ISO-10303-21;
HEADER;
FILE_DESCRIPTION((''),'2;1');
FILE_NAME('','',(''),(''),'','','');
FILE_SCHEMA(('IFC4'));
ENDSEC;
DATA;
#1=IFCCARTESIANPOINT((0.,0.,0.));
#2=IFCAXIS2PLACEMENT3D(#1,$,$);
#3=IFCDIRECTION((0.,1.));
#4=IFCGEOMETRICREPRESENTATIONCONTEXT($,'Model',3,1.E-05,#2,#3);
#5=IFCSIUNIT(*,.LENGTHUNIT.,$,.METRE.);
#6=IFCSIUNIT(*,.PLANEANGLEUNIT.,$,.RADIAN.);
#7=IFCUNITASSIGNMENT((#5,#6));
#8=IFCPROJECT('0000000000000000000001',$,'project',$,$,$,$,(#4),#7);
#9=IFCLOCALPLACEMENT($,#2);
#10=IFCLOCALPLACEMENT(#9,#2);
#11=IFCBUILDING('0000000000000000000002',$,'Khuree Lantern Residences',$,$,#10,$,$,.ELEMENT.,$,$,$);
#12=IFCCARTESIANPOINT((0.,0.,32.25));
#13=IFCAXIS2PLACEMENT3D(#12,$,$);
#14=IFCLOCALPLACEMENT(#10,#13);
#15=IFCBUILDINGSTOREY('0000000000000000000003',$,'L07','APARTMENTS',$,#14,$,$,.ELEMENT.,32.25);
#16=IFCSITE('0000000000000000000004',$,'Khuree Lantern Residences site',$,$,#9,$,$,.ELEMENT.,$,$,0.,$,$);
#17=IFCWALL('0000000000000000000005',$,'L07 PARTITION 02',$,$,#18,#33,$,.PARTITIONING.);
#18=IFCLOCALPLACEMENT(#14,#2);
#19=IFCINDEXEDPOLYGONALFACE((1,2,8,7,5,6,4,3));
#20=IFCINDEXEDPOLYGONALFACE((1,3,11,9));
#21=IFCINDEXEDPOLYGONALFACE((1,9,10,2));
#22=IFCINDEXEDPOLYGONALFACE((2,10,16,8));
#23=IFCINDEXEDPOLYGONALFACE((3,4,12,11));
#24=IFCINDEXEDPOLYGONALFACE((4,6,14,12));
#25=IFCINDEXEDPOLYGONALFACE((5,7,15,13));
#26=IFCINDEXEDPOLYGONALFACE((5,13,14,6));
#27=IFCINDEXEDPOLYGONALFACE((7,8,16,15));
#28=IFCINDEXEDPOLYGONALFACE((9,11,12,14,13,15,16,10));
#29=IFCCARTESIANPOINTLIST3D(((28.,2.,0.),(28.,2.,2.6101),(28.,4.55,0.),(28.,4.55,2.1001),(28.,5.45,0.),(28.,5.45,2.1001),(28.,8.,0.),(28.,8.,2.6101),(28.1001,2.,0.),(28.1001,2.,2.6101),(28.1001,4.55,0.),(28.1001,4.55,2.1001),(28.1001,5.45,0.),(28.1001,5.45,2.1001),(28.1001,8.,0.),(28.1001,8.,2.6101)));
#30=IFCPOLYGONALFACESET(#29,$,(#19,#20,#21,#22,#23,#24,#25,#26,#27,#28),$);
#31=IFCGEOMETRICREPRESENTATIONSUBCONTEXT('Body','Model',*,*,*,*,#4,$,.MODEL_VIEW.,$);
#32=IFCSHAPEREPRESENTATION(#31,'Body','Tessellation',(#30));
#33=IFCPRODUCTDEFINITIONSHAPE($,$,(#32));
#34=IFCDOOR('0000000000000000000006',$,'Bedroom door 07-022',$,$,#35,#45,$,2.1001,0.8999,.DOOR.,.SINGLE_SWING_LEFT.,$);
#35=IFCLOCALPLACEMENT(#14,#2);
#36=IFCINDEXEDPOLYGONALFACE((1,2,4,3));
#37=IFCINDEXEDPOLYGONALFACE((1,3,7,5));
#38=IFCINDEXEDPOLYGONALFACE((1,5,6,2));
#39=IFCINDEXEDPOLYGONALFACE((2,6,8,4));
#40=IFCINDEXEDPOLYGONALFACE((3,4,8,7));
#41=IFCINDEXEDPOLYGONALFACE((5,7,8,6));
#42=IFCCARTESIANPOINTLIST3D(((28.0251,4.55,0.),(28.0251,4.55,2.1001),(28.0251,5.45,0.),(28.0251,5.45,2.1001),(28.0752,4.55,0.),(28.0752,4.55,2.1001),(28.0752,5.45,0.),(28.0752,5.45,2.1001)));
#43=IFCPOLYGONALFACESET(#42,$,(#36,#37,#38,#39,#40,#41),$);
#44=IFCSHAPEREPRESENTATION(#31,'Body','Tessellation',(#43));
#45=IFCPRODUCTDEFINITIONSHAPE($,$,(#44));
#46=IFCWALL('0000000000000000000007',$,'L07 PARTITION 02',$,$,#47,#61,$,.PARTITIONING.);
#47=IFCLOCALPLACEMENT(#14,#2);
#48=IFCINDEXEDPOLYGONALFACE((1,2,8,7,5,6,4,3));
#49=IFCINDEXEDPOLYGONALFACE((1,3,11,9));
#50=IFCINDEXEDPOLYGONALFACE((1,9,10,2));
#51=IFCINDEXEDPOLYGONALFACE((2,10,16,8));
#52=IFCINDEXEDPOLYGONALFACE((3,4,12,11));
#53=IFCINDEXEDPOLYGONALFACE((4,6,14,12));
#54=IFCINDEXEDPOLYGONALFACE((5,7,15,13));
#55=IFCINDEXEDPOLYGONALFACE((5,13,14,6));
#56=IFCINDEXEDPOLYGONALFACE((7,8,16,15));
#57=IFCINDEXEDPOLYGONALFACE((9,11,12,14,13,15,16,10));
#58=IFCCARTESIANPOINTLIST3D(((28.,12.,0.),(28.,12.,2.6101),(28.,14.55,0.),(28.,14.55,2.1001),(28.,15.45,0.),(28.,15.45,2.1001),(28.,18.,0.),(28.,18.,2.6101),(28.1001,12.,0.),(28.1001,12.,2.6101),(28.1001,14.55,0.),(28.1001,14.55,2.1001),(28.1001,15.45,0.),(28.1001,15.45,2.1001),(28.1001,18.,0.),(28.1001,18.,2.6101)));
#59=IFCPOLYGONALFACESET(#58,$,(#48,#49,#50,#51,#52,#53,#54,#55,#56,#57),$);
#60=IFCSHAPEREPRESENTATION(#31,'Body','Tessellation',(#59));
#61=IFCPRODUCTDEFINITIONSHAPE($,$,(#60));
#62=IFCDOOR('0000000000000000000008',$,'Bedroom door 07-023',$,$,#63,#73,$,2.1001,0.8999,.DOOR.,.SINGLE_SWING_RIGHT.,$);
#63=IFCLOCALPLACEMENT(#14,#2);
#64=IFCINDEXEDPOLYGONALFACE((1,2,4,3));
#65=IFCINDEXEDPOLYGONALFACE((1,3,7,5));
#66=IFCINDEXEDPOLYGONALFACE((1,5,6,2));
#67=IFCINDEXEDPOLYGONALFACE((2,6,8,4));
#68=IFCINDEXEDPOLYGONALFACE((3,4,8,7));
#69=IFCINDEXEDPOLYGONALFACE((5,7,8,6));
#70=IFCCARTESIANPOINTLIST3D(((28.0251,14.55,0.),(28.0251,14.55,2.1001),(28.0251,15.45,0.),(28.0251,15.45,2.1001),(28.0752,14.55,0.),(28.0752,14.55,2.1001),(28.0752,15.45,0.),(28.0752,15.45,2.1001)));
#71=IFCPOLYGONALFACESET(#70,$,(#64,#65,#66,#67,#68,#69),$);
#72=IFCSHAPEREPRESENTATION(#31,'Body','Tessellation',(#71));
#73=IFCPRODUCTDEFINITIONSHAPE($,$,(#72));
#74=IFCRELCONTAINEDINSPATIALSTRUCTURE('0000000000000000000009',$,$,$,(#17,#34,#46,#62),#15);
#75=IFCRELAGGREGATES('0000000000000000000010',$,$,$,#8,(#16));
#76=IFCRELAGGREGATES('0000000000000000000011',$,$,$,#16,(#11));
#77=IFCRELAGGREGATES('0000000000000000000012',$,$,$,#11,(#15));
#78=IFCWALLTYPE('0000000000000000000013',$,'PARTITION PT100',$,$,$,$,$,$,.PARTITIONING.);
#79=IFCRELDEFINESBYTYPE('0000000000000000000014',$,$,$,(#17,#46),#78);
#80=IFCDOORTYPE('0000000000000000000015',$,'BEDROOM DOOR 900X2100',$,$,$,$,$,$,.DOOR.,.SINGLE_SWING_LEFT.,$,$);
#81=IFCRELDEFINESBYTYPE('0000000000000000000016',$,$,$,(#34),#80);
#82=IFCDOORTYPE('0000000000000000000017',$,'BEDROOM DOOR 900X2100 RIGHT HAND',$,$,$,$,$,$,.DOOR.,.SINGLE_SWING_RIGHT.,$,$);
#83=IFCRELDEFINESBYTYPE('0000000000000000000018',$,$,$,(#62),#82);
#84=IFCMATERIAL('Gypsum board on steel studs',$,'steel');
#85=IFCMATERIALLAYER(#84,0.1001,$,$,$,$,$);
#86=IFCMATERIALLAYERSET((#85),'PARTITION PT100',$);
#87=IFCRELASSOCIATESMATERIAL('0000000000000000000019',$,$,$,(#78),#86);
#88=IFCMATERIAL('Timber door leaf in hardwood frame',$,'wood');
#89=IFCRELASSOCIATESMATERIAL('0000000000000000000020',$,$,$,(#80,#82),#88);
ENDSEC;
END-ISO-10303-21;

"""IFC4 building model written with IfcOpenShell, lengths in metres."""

from ifc_helpers import new_model, si_unit, direction, frame, frame_2d, origin, place, context, subcontext, project, spatial, rectangle, extrude, material, layer, layer_set, type_object, element, fill, save


model = new_model("IFC4")

# Units and contexts
model_context = context("Model", 3, precision=1e-05, world=origin(), true_north=direction((0.0, 1.0)))
body_context = subcontext(model_context, "Body", "Model", "MODEL_VIEW")
ifc_project = project(units=[si_unit("LENGTHUNIT", "METRE"), si_unit("PLANEANGLEUNIT", "RADIAN")], contexts=[model_context])

# Site, building, storey
site_placement = place(None, origin())
site = spatial("IfcSite", under=ifc_project, at=site_placement, Name="Khuree Lantern Residences site", CompositionType="ELEMENT", RefElevation=0.0)
building_placement = place(site_placement, origin())
building = spatial("IfcBuilding", under=site, at=building_placement, Name="Khuree Lantern Residences", CompositionType="ELEMENT")
storey_placement = place(building_placement, frame((0.0, 0.0, 32.25)))
storey = spatial("IfcBuildingStorey", under=building, at=storey_placement, Name="L07", Description="APARTMENTS", CompositionType="ELEMENT", Elevation=32.25)

# Shared definitions
ifc_material_1 = material(Name="Gypsum board on steel studs", Category="steel")
ifc_layer_1 = layer(ifc_material_1, 0.1001)
ifc_layer_set_1 = layer_set([ifc_layer_1], Name="PARTITION PT100")
wall_type = type_object("IfcWallType", Name="PARTITION PT100", PredefinedType="PARTITIONING", material=ifc_layer_set_1)

# Walls, openings, doors
wall_1_placement = place(storey_placement, frame((28.05, 2.0, 0.0), z_axis=(0.0, 0.0, 1.0), x_axis=(0.0, 1.0, 0.0)))
wall_1 = element("IfcWall", 1, at=wall_1_placement, inside=storey, type_object=wall_type, Name="L07 PARTITION 02", PredefinedType="PARTITIONING", context=body_context, shape_type="SweptSolid", body=[
    extrude(rectangle(XDim=6.0, YDim=0.1001, at=frame_2d((3.0, 0.0))), origin(), (0.0, 0.0, 1.0), 2.6101),
])
opening_1_placement = place(wall_1_placement, frame((2.55, 0.0, 0.0)))
opening_1 = element("IfcOpeningElement", 2, at=opening_1_placement, cuts=wall_1, PredefinedType="OPENING", context=body_context, shape_type="SweptSolid", body=[
    extrude(rectangle(XDim=0.8999, YDim=2.1001, at=frame_2d((0.45, 1.05))), frame((0.0, 0.0601, 0.0), z_axis=(0.0, -1.0, 0.0), x_axis=(1.0, 0.0, 0.0)), (0.0, 0.0, 1.0), 0.1201),
])
ifc_material_2 = material(Name="Timber door leaf in hardwood frame", Category="wood")
door_type_1 = type_object("IfcDoorType", Name="BEDROOM DOOR 900X2100", OperationType="SINGLE_SWING_LEFT", PredefinedType="DOOR", material=ifc_material_2)
door_1_placement = place(opening_1_placement, origin())
door_1 = element("IfcDoor", 3, at=door_1_placement, inside=storey, type_object=door_type_1, Name="Bedroom door 07-022", OperationType="SINGLE_SWING_LEFT", OverallHeight=2.1001, OverallWidth=0.8999, PredefinedType="DOOR", context=body_context, shape_type="SweptSolid", body=[
    extrude(rectangle(XDim=0.8999, YDim=2.1001, at=frame_2d((0.45, 1.05))), frame((0.0, 0.0249, 0.0), z_axis=(0.0, -1.0, 0.0), x_axis=(1.0, 0.0, 0.0)), (0.0, 0.0, 1.0), 0.05),
])
fill(opening_1, door_1)
wall_2_placement = place(storey_placement, frame((28.05, 12.0, 0.0), z_axis=(0.0, 0.0, 1.0), x_axis=(0.0, 1.0, 0.0)))
wall_2 = element("IfcWall", 4, at=wall_2_placement, inside=storey, type_object=wall_type, Name="L07 PARTITION 02", PredefinedType="PARTITIONING", context=body_context, shape_type="SweptSolid", body=[
    extrude(rectangle(XDim=6.0, YDim=0.1001, at=frame_2d((3.0, 0.0))), origin(), (0.0, 0.0, 1.0), 2.6101),
])
opening_2_placement = place(wall_2_placement, frame((2.55, 0.0, 0.0)))
opening_2 = element("IfcOpeningElement", 5, at=opening_2_placement, cuts=wall_2, PredefinedType="OPENING", context=body_context, shape_type="SweptSolid", body=[
    extrude(rectangle(XDim=0.8999, YDim=2.1001, at=frame_2d((0.45, 1.05))), frame((0.0, 0.0601, 0.0), z_axis=(0.0, -1.0, 0.0), x_axis=(1.0, 0.0, 0.0)), (0.0, 0.0, 1.0), 0.1201),
])
door_type_2 = type_object("IfcDoorType", Name="BEDROOM DOOR 900X2100 RIGHT HAND", OperationType="SINGLE_SWING_RIGHT", PredefinedType="DOOR", material=ifc_material_2)
door_2_placement = place(opening_2_placement, origin())
door_2 = element("IfcDoor", 6, at=door_2_placement, inside=storey, type_object=door_type_2, Name="Bedroom door 07-023", OperationType="SINGLE_SWING_RIGHT", OverallHeight=2.1001, OverallWidth=0.8999, PredefinedType="DOOR", context=body_context, shape_type="SweptSolid", body=[
    extrude(rectangle(XDim=0.8999, YDim=2.1001, at=frame_2d((0.45, 1.05))), frame((0.0, 0.0249, 0.0), z_axis=(0.0, -1.0, 0.0), x_axis=(1.0, 0.0, 0.0)), (0.0, 0.0, 1.0), 0.05),
])
fill(opening_2, door_2)

save(model, "model.ifc")
